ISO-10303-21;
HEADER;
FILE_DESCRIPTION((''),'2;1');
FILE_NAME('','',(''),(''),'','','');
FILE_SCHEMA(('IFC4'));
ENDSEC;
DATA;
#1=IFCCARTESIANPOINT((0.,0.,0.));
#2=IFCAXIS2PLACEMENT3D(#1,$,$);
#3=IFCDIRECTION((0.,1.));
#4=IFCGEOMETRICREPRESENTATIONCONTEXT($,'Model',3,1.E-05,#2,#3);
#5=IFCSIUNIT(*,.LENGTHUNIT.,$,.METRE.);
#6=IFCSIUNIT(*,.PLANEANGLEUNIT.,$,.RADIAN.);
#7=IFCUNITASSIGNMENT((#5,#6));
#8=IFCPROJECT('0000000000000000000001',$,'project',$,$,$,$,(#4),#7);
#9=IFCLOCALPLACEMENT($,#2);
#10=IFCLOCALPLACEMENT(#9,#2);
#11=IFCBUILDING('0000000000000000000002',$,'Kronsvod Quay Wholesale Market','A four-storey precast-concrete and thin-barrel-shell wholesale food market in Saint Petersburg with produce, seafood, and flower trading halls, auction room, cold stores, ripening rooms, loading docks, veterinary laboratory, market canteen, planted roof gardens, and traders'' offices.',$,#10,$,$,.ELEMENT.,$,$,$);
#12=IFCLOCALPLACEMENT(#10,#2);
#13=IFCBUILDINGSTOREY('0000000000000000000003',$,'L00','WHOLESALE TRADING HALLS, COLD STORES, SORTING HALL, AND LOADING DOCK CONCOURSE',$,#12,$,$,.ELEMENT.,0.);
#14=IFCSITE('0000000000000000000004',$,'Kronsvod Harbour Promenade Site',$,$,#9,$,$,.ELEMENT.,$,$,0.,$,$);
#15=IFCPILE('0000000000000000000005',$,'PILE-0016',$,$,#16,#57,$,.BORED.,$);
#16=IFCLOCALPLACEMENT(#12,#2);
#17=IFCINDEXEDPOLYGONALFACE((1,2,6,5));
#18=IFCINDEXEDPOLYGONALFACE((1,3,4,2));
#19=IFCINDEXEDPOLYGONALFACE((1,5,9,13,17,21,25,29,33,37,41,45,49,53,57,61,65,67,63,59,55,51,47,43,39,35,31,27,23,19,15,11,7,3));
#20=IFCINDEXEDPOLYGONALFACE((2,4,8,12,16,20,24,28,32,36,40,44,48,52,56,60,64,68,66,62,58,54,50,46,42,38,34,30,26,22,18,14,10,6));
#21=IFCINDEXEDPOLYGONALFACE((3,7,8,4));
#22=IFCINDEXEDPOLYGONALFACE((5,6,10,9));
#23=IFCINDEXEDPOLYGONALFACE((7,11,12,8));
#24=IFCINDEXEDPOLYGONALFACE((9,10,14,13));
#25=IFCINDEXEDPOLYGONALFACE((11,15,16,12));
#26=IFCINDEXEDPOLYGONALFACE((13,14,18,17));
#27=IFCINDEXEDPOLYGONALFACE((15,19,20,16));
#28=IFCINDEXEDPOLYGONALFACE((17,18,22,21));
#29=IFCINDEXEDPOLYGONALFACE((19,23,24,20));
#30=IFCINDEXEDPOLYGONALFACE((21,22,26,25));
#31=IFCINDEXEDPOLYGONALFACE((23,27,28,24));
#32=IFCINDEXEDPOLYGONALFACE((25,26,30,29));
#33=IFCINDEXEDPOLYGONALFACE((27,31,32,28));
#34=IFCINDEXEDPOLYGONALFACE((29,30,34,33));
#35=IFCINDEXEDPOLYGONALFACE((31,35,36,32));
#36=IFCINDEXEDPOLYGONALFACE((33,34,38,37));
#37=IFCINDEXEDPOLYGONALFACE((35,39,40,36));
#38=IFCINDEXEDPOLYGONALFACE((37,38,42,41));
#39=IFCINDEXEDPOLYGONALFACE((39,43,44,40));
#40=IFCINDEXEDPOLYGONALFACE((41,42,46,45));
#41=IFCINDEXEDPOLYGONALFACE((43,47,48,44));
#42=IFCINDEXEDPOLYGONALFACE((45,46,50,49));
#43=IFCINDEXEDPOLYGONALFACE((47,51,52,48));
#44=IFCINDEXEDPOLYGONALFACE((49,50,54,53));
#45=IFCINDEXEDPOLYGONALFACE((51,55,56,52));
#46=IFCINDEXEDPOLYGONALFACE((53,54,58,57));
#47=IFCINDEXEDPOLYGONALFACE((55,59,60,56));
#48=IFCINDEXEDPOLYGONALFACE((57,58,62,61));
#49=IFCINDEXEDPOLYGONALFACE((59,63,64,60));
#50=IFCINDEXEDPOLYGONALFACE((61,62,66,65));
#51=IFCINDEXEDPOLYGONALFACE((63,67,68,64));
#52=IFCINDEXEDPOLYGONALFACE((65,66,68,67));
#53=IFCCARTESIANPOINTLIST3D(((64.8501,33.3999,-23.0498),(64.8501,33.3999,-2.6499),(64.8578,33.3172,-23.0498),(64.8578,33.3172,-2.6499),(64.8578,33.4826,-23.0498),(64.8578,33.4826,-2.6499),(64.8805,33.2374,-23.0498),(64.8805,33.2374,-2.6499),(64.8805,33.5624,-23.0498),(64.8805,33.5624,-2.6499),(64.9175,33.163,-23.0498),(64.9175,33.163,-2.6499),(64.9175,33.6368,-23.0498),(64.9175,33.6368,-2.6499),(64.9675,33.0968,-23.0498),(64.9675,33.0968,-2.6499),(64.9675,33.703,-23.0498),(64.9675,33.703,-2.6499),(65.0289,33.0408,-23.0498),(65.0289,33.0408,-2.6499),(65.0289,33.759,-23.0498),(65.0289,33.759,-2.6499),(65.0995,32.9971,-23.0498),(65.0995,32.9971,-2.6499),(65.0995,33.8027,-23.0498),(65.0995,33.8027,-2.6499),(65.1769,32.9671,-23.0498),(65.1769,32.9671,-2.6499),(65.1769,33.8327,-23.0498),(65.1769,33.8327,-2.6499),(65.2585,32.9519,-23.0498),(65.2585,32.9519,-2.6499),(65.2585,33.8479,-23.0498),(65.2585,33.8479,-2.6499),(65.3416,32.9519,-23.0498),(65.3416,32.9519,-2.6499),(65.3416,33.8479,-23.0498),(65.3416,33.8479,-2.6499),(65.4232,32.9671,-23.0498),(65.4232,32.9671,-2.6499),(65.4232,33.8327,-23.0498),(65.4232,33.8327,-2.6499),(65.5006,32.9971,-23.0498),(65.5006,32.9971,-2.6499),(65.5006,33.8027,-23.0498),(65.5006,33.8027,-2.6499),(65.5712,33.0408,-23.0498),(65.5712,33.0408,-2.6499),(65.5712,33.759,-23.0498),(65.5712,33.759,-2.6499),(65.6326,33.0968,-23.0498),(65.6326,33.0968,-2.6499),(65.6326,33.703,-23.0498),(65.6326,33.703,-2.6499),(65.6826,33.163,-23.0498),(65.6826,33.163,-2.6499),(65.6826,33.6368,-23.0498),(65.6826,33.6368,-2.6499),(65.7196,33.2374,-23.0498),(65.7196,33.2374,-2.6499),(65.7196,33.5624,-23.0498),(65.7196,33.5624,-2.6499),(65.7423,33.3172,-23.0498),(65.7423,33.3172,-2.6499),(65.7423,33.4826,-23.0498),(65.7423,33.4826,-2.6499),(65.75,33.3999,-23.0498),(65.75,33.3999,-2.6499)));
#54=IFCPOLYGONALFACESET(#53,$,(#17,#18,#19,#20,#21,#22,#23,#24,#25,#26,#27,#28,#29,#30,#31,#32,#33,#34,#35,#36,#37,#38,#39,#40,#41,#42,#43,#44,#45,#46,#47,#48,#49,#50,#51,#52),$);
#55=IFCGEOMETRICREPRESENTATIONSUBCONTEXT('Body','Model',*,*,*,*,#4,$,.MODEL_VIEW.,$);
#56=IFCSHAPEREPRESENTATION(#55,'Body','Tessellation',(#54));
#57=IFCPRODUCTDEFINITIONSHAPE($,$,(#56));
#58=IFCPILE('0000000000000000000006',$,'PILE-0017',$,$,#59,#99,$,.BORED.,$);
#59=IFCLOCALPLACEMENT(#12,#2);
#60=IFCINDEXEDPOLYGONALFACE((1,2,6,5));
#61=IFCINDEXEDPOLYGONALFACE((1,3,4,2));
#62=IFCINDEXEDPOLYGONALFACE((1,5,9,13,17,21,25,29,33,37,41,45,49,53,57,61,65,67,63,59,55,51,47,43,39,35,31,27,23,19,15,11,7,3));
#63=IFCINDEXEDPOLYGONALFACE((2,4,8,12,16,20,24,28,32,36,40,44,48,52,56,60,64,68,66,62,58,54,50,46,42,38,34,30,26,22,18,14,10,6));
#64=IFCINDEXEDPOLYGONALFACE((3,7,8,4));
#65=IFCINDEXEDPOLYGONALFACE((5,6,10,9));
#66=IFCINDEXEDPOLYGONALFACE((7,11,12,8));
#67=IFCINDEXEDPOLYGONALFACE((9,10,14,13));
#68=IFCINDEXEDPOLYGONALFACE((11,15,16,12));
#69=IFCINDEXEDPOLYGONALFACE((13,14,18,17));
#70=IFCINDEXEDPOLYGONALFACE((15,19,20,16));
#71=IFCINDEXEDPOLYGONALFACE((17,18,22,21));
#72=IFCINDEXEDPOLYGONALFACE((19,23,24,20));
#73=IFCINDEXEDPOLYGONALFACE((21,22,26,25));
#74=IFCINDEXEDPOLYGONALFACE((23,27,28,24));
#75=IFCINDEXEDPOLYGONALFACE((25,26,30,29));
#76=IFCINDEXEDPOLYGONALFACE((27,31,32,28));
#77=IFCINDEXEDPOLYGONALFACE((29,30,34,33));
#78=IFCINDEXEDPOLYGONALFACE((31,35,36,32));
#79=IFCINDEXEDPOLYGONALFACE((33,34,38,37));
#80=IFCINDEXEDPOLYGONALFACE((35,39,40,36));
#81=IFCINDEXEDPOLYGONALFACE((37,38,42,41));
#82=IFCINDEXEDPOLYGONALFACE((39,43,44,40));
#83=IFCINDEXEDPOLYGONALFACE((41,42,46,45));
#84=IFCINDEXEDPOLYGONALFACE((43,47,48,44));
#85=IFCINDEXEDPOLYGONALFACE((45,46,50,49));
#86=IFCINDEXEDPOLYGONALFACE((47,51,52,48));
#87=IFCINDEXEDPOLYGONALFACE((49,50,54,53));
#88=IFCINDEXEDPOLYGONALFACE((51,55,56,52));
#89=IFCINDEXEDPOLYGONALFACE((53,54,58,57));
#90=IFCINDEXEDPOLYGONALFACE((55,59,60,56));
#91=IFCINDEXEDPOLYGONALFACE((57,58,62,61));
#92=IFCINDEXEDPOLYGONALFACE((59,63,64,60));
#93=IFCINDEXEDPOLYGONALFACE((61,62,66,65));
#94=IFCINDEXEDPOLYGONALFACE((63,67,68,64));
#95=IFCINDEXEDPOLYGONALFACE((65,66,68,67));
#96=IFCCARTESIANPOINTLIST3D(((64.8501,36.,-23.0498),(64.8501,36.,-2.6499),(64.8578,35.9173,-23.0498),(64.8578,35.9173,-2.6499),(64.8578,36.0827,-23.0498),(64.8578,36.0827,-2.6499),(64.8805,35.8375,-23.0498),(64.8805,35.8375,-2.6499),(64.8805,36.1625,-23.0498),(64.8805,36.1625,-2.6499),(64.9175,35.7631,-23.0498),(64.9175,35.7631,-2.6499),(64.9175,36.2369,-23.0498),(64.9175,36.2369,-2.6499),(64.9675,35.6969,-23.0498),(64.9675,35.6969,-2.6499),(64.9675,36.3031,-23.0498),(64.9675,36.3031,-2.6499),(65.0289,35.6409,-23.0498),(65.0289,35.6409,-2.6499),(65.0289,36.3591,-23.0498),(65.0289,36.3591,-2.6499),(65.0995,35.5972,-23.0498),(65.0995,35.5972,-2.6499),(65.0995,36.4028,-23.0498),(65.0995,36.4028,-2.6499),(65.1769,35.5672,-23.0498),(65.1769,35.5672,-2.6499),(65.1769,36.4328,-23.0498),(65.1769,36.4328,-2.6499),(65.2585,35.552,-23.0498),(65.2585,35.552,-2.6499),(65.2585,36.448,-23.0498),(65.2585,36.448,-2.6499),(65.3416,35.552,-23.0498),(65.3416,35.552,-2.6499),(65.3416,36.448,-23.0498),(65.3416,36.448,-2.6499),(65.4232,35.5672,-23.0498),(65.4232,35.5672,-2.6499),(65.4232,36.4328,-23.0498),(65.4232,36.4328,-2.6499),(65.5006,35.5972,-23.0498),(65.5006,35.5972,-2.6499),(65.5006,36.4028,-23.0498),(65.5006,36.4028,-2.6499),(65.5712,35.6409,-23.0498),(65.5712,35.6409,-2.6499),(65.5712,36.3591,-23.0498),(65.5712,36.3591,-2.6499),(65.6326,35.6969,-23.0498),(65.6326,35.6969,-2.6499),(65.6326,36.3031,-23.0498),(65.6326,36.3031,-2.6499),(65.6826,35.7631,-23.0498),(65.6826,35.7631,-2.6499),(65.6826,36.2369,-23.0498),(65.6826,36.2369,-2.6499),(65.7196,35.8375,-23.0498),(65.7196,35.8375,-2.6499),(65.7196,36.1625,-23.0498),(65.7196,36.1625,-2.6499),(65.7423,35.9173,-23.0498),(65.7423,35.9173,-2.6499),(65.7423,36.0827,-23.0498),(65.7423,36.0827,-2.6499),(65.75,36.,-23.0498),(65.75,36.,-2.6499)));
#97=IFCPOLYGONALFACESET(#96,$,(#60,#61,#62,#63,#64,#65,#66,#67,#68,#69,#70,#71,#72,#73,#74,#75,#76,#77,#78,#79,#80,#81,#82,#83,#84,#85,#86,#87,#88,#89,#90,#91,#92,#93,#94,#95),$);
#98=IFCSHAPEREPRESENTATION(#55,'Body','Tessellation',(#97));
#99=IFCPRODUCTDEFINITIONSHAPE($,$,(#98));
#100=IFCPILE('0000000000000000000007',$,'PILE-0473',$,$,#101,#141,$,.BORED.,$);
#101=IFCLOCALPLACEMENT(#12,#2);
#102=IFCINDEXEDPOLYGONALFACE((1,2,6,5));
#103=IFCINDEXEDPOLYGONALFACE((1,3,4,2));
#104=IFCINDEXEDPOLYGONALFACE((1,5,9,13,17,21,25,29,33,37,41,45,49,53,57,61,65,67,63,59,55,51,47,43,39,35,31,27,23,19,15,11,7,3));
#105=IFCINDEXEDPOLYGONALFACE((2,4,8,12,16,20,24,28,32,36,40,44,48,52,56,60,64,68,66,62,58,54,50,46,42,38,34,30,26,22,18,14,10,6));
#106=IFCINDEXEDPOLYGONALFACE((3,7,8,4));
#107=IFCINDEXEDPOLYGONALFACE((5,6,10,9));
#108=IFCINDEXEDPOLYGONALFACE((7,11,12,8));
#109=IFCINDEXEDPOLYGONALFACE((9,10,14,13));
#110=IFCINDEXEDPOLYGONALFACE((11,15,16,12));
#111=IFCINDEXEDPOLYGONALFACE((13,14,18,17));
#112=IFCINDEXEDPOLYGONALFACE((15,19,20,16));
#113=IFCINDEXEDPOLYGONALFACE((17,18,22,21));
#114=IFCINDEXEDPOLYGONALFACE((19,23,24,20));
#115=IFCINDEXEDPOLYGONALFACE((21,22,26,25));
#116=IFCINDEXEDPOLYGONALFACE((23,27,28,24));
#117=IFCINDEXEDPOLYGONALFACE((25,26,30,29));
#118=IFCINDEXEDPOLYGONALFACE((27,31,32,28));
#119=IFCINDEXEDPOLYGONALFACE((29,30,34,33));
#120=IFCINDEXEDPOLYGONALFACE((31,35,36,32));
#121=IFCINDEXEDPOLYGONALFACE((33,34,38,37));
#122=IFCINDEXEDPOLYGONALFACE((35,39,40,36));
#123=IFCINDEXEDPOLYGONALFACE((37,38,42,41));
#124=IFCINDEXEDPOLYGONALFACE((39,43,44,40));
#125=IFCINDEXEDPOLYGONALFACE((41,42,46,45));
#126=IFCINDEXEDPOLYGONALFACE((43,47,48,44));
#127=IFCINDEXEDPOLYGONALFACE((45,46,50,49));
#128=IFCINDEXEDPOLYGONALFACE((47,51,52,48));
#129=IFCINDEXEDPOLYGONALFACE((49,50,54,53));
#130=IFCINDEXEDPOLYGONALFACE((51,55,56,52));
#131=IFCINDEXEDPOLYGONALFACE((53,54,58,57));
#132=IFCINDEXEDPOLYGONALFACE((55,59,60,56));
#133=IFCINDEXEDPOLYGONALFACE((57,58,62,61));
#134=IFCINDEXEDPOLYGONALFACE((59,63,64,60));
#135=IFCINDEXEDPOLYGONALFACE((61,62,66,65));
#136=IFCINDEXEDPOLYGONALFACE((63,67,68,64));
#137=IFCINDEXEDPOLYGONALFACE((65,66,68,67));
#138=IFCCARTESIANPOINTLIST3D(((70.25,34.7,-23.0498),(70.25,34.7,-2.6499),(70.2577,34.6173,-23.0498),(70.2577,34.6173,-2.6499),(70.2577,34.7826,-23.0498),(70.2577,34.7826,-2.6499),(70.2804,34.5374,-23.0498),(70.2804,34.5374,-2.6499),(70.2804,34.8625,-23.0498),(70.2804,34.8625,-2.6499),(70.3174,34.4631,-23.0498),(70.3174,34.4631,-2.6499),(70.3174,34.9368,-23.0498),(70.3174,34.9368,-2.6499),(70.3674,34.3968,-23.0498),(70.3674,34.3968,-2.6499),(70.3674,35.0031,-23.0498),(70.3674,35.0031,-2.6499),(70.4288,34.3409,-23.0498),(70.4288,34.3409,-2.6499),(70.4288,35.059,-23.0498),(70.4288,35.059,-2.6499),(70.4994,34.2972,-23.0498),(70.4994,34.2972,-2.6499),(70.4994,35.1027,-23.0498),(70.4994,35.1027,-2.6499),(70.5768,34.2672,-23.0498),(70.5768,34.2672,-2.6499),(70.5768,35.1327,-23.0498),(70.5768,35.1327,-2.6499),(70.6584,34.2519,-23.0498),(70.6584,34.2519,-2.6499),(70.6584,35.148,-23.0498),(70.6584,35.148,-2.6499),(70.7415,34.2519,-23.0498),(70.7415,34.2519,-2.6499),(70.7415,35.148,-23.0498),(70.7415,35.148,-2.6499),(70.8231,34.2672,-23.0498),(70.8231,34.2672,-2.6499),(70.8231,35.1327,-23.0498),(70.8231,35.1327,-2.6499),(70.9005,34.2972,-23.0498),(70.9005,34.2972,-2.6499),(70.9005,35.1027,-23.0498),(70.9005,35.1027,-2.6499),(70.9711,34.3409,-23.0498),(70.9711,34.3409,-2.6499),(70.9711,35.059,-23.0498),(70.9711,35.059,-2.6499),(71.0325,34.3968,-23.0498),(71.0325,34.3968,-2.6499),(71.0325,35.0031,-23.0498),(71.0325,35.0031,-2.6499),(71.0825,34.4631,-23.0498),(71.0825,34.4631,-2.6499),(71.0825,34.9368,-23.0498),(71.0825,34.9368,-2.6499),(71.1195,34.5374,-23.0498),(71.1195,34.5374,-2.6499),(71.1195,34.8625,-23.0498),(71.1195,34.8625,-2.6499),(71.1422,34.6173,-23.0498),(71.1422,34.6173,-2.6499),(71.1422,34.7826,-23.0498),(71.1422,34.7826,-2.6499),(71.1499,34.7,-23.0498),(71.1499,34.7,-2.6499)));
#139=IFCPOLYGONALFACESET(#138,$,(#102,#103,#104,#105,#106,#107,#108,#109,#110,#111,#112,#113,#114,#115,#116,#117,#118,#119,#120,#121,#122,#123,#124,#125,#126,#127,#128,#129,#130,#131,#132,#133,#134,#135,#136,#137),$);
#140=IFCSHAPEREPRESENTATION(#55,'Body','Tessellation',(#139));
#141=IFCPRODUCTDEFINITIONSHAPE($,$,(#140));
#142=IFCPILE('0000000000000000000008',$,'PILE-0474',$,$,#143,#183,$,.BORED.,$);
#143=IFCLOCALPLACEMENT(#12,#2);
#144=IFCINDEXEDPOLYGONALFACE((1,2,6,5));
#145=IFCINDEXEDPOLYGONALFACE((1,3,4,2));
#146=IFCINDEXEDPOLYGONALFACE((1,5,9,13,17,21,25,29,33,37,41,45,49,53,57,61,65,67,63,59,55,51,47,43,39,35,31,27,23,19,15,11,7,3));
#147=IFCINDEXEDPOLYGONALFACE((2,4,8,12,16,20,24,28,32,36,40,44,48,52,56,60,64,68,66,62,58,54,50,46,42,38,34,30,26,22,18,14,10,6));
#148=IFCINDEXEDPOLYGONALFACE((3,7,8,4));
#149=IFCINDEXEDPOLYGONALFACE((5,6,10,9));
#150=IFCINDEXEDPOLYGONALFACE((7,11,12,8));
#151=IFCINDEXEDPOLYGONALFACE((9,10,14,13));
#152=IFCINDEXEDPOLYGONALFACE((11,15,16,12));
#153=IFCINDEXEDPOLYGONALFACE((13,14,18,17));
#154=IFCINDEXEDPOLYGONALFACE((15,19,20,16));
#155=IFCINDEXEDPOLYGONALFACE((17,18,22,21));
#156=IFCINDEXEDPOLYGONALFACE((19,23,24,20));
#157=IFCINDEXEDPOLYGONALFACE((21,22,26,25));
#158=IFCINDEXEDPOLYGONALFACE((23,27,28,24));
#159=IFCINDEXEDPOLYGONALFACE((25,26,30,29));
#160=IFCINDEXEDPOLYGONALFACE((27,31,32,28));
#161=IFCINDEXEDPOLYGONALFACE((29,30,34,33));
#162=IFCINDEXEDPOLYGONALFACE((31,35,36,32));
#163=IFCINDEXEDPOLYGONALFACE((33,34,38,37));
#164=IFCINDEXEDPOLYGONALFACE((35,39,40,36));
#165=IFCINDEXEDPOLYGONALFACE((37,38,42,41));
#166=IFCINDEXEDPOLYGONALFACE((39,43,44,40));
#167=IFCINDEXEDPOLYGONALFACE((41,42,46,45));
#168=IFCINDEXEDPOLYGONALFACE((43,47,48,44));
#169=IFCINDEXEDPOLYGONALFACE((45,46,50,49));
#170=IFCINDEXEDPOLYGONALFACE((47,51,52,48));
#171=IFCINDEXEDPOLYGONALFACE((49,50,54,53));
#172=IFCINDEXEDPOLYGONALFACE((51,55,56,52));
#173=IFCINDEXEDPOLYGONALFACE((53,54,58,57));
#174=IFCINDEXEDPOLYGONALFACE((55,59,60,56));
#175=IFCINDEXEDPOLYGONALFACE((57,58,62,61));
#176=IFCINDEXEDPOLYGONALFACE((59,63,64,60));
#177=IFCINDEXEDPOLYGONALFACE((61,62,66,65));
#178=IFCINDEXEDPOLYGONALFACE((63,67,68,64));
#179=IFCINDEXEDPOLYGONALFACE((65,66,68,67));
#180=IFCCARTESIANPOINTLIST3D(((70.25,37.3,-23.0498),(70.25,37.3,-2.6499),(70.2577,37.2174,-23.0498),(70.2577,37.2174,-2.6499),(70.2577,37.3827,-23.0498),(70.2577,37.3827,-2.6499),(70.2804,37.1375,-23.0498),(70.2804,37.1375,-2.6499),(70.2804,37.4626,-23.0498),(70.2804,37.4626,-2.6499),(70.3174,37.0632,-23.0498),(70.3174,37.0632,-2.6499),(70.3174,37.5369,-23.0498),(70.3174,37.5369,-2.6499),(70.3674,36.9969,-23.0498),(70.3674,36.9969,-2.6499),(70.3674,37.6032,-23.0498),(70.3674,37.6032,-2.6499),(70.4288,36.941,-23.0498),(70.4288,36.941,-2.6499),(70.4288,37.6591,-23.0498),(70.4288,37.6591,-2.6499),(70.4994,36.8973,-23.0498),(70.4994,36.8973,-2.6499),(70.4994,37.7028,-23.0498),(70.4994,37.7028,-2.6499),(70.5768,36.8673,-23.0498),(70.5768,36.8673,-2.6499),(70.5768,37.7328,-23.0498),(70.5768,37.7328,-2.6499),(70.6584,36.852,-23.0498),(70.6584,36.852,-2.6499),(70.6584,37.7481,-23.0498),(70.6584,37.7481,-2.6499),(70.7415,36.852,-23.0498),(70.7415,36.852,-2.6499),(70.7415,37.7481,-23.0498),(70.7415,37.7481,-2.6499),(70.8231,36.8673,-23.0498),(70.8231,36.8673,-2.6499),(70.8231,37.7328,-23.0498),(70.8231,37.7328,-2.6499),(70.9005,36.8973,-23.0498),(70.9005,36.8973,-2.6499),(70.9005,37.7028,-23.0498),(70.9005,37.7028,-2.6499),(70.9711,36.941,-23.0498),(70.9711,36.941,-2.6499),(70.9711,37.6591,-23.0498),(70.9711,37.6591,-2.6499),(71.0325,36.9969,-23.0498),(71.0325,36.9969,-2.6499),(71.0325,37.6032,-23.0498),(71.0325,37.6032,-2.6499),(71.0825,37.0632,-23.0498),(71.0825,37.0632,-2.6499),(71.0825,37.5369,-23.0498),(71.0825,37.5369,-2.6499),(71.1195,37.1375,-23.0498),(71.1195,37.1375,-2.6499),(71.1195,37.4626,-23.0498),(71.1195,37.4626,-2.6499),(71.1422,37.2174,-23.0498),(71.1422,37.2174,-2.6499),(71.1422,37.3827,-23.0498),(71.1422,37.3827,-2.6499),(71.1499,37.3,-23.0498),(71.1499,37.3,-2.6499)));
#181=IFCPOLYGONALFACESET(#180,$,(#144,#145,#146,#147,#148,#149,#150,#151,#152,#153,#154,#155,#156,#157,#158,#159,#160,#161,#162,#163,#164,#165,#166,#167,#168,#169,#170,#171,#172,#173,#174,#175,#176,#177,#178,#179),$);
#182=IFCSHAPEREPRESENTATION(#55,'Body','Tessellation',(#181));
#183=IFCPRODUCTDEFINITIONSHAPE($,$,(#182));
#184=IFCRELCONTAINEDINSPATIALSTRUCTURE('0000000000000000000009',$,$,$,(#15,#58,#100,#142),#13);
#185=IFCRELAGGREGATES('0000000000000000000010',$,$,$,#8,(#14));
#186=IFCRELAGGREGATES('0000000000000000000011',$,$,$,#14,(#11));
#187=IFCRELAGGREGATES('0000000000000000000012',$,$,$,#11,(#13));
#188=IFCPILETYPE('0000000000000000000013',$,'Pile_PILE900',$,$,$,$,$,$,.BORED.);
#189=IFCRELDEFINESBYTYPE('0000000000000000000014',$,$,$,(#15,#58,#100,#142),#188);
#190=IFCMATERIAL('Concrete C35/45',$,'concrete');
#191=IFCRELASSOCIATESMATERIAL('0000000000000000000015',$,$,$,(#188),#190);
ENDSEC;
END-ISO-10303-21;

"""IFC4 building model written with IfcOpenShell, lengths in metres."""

from ifc_helpers import new_model, si_unit, direction, frame, origin, origin_2d, place, context, subcontext, project, spatial, circle, extrude, material, material_profile, profile_set, type_object, element, save


model = new_model("IFC4")

# Units and contexts
model_context = context("Model", 3, precision=1e-05, world=origin(), true_north=direction((0.0, 1.0)))
body_context = subcontext(model_context, "Body", "Model", "MODEL_VIEW")
ifc_project = project(units=[si_unit("LENGTHUNIT", "METRE"), si_unit("PLANEANGLEUNIT", "RADIAN")], contexts=[model_context])

# Site, building, storey
site_placement = place(None, origin())
site = spatial("IfcSite", under=ifc_project, at=site_placement, Name="Kronsvod Harbour Promenade Site", CompositionType="ELEMENT", RefElevation=0.0)
building_placement = place(site_placement, origin())
building = spatial("IfcBuilding", under=site, at=building_placement, Name="Kronsvod Quay Wholesale Market", Description="A four-storey precast-concrete and thin-barrel-shell wholesale food market in Saint Petersburg with produce, seafood, and flower trading halls, auction room, cold stores, ripening rooms, loading docks, veterinary laboratory, market canteen, planted roof gardens, and traders' offices.", CompositionType="ELEMENT")
storey_placement = place(building_placement, origin())
storey = spatial("IfcBuildingStorey", under=building, at=storey_placement, Name="L00", Description="WHOLESALE TRADING HALLS, COLD STORES, SORTING HALL, AND LOADING DOCK CONCOURSE", CompositionType="ELEMENT", Elevation=0.0)

# Piles
ifc_material_1 = material(Name="Concrete C35/45", Category="concrete")
ifc_material_profile_1 = material_profile(ifc_material_1, circle(Radius=0.45, at=origin_2d()), Name="PILE900")
ifc_profile_set_1 = profile_set([ifc_material_profile_1], Name="Concrete C35/45")
pile_type_1 = type_object("IfcPileType", Name="Pile_PILE900", PredefinedType="BORED", material=ifc_profile_set_1)
for number, where, z_axis, x_axis, name in (
    (1, (65.3, 33.3999, -2.6499), (0.0, 0.0, -1.0), (1.0, 0.0, 0.0), "PILE-0016"),
    (2, (65.3, 36.0, -2.6499), (0.0, 0.0, -1.0), (1.0, 0.0, 0.0), "PILE-0017"),
    (3, (70.7, 34.7, -2.6499), (0.0, 0.0, -1.0), (1.0, 0.0, 0.0), "PILE-0473"),
    (4, (70.7, 37.3, -2.6499), (0.0, 0.0, -1.0), (1.0, 0.0, 0.0), "PILE-0474"),
):
    element("IfcPile", number, at=place(storey_placement, frame(where, z_axis=z_axis, x_axis=x_axis)), inside=storey, type_object=pile_type_1, Name=name, PredefinedType="BORED", context=body_context, shape_type="SweptSolid", body=[
        extrude(circle(Radius=0.45, at=origin_2d()), origin(), (0.0, 0.0, 1.0), 20.3999),
    ])

save(model, "model.ifc")
